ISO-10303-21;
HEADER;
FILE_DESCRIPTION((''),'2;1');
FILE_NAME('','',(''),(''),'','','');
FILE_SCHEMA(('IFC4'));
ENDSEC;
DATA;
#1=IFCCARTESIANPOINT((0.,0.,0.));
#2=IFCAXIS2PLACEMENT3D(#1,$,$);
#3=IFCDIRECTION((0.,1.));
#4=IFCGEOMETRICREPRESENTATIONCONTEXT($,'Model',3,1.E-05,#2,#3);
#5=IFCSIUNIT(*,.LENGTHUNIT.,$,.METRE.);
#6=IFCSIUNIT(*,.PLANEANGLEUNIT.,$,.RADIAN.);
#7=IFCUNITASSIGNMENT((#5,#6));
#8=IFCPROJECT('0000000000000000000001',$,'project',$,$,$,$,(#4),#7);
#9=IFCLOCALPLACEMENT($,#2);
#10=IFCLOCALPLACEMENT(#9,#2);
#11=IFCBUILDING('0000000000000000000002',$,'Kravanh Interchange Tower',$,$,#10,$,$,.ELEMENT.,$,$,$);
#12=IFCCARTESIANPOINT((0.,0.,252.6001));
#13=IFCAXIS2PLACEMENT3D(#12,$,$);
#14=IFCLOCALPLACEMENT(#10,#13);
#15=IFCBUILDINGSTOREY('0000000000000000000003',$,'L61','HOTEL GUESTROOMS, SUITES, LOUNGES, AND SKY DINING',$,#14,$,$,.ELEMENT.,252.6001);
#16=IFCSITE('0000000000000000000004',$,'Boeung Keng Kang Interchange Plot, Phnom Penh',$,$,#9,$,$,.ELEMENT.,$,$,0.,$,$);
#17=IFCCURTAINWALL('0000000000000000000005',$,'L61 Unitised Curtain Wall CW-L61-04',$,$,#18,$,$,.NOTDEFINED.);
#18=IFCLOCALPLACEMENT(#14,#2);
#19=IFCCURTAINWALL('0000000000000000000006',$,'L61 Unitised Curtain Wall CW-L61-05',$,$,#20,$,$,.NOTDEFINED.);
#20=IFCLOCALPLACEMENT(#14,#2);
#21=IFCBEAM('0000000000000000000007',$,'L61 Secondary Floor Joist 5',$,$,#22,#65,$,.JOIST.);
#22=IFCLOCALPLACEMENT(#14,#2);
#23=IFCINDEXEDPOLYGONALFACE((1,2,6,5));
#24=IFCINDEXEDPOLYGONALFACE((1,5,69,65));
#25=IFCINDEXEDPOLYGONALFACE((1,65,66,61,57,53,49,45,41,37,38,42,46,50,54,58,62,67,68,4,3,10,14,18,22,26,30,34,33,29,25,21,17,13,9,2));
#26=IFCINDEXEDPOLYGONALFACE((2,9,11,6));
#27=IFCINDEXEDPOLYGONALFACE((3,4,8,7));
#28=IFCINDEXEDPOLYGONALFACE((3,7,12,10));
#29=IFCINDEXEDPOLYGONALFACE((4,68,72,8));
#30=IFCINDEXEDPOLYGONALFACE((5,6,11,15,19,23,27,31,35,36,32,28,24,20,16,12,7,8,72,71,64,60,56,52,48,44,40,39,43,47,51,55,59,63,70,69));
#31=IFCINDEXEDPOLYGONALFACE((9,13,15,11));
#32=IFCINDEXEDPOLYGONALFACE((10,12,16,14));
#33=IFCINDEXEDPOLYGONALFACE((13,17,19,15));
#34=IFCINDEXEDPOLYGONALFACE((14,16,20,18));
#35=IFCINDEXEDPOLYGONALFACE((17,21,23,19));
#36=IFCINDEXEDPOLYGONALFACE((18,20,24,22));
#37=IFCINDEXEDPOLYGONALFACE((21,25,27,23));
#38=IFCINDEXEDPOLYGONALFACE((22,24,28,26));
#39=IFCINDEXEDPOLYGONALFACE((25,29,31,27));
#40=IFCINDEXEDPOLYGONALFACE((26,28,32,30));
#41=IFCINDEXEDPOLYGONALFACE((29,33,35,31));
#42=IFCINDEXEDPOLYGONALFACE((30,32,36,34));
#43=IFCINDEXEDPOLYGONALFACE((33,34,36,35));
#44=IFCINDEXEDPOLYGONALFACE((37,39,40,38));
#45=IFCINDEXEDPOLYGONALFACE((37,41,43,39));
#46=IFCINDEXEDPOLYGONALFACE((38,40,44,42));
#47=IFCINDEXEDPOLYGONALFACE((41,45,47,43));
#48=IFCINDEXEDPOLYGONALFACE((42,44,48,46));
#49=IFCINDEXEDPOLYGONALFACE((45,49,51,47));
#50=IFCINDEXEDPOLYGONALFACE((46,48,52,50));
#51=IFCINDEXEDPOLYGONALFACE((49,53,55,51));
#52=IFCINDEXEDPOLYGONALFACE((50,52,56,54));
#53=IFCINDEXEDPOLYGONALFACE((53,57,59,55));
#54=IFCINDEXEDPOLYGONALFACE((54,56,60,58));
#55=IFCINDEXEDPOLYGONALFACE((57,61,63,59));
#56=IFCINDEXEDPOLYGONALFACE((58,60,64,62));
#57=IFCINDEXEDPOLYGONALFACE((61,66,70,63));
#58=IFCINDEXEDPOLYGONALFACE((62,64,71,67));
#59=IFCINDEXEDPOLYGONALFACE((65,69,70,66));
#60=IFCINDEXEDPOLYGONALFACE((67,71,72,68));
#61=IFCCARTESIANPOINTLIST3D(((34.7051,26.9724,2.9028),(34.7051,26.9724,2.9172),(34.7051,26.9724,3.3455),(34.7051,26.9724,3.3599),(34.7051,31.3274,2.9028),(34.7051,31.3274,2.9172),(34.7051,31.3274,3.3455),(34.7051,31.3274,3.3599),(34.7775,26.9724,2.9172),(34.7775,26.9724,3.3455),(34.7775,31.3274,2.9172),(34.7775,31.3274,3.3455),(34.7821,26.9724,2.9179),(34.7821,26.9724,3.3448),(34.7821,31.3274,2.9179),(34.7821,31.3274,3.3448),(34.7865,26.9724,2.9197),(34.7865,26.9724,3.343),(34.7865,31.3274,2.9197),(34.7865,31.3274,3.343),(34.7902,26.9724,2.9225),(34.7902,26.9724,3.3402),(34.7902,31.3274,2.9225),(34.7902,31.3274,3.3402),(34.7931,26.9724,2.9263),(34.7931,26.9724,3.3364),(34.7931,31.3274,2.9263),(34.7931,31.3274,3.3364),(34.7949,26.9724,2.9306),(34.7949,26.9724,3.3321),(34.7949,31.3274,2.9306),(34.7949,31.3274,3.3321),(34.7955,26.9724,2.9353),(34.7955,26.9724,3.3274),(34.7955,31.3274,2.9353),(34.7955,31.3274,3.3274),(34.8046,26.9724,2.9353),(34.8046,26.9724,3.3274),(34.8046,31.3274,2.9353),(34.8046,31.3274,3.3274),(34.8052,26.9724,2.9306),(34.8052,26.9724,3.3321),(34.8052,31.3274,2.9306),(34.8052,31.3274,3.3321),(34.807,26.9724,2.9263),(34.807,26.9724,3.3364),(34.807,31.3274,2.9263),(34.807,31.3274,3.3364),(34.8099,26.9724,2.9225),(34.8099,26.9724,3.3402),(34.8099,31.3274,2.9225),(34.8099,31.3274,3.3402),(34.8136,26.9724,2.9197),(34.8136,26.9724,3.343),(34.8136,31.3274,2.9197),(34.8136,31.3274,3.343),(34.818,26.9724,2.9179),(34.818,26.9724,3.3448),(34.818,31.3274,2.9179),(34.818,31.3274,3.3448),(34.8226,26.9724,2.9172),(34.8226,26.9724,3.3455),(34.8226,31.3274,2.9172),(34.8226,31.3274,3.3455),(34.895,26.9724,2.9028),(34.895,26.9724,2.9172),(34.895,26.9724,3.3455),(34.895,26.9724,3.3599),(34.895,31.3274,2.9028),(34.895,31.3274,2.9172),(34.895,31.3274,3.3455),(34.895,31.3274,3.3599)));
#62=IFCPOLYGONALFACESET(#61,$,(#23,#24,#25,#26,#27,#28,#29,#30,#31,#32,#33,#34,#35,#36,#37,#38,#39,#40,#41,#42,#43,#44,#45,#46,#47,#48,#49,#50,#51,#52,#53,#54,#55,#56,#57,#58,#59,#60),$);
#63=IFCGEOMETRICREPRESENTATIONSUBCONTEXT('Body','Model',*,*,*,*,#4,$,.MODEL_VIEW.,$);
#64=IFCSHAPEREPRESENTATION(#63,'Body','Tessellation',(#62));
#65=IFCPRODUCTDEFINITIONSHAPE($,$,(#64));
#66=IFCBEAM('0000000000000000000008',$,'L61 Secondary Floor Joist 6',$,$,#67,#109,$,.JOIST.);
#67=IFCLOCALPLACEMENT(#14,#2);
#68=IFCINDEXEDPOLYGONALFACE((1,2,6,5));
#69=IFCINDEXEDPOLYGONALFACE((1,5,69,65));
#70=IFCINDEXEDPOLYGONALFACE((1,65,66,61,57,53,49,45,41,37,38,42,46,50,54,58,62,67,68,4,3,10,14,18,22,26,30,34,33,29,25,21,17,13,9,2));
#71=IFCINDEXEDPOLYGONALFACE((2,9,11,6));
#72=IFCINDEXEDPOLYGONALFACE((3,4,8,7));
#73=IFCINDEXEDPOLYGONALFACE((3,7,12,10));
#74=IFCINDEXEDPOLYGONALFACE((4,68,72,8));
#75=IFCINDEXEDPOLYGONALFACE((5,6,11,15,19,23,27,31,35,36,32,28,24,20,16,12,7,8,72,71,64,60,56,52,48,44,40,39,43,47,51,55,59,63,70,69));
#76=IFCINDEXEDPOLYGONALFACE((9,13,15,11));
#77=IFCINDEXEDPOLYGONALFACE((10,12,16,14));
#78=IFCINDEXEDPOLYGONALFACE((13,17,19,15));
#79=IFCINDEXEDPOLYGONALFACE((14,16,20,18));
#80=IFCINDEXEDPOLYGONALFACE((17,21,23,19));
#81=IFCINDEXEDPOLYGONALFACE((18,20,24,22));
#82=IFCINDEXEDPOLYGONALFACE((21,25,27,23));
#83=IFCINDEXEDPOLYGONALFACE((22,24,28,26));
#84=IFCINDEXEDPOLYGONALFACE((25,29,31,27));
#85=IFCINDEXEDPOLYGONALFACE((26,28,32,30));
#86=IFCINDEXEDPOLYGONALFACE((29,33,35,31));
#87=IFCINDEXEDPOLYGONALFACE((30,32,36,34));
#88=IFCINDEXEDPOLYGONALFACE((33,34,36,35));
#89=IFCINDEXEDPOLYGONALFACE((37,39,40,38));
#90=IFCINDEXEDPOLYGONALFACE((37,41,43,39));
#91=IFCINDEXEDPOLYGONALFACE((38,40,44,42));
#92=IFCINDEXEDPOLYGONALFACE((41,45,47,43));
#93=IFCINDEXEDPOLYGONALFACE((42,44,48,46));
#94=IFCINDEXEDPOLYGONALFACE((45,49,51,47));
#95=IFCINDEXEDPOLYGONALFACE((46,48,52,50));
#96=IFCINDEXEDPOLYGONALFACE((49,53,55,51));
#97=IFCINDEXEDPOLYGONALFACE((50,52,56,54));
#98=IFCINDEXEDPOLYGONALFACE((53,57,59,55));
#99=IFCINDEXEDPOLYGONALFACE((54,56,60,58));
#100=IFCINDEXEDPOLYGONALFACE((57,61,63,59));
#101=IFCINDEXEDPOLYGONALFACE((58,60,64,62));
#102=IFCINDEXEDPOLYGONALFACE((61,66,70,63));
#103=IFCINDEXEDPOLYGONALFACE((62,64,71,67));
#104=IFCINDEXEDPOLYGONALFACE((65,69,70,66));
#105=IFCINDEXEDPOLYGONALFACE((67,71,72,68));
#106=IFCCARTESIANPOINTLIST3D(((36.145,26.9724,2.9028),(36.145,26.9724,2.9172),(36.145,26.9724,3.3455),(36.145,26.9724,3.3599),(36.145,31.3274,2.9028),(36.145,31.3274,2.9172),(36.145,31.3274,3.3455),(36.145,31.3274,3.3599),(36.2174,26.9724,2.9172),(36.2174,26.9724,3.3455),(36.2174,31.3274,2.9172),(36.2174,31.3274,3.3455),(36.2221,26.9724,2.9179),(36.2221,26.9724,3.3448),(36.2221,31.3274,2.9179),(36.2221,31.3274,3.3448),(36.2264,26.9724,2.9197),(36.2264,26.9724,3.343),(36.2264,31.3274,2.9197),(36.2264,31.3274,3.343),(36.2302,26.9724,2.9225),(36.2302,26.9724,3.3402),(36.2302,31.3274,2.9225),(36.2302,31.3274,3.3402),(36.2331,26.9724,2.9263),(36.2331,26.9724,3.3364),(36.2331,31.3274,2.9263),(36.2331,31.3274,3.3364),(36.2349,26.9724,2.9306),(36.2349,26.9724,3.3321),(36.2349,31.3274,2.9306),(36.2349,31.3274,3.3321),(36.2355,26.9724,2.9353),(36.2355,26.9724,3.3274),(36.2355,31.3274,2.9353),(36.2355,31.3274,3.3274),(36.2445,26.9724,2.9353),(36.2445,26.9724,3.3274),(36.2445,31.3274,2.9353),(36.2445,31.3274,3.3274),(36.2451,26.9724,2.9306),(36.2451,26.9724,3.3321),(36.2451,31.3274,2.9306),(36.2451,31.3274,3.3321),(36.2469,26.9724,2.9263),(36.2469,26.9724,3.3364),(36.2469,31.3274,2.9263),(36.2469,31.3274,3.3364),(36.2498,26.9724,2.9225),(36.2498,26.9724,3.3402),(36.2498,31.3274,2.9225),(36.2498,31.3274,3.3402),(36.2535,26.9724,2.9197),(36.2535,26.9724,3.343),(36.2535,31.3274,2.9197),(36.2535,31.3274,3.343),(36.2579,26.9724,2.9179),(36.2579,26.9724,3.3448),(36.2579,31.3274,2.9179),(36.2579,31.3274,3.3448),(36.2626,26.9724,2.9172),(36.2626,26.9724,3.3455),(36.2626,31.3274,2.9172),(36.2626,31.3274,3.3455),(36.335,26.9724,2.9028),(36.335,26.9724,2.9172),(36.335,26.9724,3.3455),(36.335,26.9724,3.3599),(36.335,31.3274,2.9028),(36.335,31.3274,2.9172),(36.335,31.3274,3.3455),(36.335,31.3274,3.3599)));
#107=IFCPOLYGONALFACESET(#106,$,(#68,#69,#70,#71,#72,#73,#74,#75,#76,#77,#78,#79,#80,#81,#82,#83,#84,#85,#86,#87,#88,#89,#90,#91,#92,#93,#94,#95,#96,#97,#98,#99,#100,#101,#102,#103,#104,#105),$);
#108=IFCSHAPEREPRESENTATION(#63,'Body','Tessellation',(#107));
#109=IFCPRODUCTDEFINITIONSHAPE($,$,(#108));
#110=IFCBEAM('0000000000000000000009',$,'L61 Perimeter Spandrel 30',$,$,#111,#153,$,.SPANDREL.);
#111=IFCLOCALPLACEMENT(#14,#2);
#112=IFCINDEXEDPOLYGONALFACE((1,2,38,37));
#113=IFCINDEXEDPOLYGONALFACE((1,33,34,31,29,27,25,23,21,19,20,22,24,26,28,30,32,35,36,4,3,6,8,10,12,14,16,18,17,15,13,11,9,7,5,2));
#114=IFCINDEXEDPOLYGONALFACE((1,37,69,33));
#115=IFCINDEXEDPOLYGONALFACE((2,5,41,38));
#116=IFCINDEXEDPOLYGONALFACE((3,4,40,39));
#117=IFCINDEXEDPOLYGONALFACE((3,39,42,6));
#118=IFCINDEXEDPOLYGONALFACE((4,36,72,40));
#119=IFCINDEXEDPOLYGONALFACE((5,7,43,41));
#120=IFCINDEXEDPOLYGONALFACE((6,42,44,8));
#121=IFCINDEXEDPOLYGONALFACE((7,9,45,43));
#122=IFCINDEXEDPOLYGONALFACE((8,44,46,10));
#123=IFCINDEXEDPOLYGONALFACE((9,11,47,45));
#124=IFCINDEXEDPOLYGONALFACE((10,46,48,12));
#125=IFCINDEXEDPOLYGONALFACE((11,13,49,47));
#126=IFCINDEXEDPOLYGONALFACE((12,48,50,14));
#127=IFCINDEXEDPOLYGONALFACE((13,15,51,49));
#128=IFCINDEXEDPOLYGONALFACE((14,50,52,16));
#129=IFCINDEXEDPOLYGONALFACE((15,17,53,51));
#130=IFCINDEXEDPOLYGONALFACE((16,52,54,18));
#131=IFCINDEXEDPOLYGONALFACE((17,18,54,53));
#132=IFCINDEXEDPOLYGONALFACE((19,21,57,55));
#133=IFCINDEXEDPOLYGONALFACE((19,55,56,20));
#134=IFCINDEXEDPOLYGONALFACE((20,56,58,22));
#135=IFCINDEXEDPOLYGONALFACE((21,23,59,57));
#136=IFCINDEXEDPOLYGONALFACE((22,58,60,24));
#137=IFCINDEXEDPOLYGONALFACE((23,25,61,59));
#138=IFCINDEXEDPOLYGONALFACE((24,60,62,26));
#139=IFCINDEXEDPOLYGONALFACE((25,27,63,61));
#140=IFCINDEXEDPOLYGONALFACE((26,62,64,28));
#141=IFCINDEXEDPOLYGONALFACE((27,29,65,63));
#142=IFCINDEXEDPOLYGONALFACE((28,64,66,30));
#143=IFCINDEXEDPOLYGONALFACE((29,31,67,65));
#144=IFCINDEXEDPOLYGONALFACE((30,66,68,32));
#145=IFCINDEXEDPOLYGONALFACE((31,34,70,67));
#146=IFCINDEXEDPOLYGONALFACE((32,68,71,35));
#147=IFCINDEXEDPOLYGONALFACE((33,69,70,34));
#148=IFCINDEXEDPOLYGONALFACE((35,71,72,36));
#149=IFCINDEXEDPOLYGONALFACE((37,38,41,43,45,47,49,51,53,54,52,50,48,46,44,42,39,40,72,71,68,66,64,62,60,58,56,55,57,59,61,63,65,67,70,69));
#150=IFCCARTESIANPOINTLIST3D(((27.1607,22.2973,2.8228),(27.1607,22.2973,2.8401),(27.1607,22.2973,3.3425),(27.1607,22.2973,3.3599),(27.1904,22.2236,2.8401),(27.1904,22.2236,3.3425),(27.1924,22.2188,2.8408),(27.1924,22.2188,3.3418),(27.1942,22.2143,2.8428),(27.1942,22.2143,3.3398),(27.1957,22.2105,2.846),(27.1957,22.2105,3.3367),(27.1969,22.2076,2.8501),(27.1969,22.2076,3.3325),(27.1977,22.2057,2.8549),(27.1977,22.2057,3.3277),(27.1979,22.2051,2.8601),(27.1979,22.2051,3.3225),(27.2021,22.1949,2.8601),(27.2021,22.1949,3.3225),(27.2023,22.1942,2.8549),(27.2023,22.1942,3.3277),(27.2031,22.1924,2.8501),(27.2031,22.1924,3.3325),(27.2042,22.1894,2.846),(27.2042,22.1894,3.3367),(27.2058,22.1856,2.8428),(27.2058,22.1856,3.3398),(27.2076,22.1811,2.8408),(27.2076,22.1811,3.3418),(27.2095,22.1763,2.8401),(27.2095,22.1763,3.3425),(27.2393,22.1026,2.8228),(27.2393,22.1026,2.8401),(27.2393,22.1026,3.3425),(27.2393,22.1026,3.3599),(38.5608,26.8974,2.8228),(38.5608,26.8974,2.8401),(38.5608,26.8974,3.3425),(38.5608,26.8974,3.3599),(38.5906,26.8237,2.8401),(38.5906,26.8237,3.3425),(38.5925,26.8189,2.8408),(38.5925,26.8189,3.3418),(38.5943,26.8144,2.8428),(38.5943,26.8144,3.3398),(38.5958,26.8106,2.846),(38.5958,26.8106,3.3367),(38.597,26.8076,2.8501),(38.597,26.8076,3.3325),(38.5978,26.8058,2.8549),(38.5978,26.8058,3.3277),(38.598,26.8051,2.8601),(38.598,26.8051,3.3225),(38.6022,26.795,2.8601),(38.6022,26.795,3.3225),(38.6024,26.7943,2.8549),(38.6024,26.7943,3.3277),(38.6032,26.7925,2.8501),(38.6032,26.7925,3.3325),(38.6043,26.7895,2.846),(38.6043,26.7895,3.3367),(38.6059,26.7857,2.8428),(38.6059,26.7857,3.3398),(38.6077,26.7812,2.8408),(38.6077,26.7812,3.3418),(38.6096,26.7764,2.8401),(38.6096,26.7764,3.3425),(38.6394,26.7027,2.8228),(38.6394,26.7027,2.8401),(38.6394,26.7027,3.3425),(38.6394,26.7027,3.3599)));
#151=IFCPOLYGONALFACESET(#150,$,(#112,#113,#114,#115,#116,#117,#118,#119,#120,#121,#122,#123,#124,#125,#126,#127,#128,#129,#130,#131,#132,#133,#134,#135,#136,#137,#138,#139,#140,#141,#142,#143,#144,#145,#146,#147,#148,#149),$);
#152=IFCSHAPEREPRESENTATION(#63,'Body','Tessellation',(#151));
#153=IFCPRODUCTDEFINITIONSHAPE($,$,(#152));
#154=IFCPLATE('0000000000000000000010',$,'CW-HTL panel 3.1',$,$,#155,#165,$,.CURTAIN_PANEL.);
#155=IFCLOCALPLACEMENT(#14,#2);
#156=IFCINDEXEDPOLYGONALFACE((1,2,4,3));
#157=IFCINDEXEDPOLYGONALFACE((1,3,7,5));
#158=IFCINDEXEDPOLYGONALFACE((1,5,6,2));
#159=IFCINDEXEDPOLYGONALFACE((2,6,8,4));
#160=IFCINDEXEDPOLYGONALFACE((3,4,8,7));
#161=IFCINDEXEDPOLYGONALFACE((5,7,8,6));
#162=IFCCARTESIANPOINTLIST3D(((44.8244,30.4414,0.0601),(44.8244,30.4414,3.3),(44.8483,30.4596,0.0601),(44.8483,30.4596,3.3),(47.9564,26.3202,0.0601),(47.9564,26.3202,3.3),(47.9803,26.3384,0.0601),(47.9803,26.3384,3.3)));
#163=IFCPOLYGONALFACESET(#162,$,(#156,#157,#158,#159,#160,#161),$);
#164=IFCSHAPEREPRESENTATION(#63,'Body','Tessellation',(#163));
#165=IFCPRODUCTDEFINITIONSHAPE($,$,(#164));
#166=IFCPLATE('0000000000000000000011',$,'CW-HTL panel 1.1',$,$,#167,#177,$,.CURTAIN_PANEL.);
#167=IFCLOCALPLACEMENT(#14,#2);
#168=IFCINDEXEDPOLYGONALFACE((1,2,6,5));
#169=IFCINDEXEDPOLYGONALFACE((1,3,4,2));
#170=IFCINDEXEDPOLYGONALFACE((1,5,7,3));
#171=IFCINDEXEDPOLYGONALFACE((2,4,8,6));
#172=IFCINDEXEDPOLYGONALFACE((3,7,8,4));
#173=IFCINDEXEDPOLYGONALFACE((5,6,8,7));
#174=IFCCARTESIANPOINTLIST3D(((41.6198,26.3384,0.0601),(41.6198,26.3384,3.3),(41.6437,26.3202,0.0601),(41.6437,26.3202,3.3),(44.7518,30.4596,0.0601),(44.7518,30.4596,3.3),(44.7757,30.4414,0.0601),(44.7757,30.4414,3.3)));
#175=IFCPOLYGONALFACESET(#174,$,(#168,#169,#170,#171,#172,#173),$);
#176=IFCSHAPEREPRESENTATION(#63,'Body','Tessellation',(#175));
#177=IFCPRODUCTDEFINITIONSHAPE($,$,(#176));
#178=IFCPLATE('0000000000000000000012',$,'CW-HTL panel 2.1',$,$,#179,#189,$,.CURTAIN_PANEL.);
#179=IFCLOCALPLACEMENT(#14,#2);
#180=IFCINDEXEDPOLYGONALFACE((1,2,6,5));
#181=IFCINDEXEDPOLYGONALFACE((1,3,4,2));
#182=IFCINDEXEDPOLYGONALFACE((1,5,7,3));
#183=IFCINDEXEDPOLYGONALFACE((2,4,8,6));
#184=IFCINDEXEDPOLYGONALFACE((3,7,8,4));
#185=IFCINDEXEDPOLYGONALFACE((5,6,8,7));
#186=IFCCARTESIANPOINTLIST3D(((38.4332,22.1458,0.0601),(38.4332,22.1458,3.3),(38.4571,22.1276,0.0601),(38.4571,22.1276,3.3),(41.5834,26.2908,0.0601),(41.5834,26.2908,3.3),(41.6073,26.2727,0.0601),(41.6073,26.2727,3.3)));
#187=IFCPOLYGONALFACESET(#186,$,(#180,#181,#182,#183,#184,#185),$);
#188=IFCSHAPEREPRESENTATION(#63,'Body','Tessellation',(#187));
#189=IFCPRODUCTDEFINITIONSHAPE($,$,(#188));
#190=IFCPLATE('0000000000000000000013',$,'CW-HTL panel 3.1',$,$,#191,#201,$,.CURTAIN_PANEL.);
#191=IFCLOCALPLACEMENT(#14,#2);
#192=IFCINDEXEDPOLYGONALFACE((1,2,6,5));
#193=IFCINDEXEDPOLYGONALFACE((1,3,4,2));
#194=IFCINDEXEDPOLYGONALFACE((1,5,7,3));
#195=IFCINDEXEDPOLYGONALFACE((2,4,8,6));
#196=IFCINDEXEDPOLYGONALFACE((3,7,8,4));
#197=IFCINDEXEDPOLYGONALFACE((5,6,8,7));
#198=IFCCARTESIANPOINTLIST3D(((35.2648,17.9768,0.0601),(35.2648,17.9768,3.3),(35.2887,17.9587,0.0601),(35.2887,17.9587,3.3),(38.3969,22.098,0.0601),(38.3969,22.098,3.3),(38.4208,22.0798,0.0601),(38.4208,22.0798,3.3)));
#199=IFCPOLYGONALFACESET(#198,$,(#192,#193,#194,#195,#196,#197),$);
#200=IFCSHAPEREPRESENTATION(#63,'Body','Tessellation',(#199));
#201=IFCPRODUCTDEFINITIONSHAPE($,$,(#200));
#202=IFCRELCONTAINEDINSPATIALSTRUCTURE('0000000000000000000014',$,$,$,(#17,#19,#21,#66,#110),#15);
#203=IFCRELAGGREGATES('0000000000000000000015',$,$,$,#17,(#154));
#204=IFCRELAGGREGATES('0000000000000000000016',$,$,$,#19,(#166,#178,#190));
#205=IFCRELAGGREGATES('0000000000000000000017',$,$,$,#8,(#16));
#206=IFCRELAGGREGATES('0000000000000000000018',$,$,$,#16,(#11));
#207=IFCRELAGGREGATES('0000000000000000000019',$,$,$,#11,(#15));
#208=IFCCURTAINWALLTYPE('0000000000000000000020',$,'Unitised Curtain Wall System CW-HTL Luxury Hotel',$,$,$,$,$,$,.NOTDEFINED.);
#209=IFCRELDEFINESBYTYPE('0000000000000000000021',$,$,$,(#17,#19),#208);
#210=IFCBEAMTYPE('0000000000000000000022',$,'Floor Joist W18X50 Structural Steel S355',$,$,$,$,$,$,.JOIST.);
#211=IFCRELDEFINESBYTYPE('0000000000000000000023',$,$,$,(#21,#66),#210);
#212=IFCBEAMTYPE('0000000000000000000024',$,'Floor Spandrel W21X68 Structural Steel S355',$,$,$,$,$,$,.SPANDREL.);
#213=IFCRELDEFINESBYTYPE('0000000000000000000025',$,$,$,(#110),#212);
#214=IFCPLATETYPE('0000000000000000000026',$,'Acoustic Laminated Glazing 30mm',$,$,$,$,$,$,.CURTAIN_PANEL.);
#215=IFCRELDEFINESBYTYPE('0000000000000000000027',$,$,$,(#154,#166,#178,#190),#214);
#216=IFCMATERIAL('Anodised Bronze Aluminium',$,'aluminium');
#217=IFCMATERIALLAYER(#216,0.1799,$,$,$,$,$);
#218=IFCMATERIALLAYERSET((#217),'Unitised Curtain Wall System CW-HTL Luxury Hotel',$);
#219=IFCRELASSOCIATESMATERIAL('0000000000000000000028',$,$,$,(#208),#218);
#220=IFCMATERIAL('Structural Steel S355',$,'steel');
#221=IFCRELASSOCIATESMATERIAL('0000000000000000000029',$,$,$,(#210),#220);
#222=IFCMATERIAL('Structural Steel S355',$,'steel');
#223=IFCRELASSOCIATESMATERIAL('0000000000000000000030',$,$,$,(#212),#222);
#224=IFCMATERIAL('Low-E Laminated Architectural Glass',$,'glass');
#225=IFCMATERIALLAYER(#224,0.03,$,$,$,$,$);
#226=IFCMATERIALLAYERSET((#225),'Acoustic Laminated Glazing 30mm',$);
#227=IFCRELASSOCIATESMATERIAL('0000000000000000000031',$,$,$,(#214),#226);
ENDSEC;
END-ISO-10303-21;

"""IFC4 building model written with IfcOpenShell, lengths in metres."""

from ifc_helpers import new_model, si_unit, direction, frame, origin, origin_2d, place, context, subcontext, project, spatial, rectangle, i_section, extrude, material, layer, layer_set, material_profile, profile_set, type_object, element, aggregate, save


model = new_model("IFC4")

# Units and contexts
model_context = context("Model", 3, precision=1e-05, world=origin(), true_north=direction((0.0, 1.0)))
body_context = subcontext(model_context, "Body", "Model", "MODEL_VIEW")
ifc_project = project(units=[si_unit("LENGTHUNIT", "METRE"), si_unit("PLANEANGLEUNIT", "RADIAN")], contexts=[model_context])

# Site, building, storey
site_placement = place(None, origin())
site = spatial("IfcSite", under=ifc_project, at=site_placement, Name="Boeung Keng Kang Interchange Plot, Phnom Penh", CompositionType="ELEMENT", RefElevation=0.0)
building_placement = place(site_placement, origin())
building = spatial("IfcBuilding", under=site, at=building_placement, Name="Kravanh Interchange Tower", CompositionType="ELEMENT")
storey_placement = place(building_placement, frame((0.0, 0.0, 252.6001)))
storey = spatial("IfcBuildingStorey", under=building, at=storey_placement, Name="L61", Description="HOTEL GUESTROOMS, SUITES, LOUNGES, AND SKY DINING", CompositionType="ELEMENT", Elevation=252.6001)

# Curtain wall
ifc_material_1 = material(Name="Anodised Bronze Aluminium", Category="aluminium")
ifc_layer_1 = layer(ifc_material_1, 0.1799)
ifc_layer_set_1 = layer_set([ifc_layer_1], Name="Unitised Curtain Wall System CW-HTL Luxury Hotel")
curtain_wall_type = type_object("IfcCurtainWallType", Name="Unitised Curtain Wall System CW-HTL Luxury Hotel", PredefinedType="NOTDEFINED", material=ifc_layer_set_1)
curtain_wall_1_placement = place(storey_placement, origin())
curtain_wall_1 = element("IfcCurtainWall", 1, at=curtain_wall_1_placement, inside=storey, type_object=curtain_wall_type, Name="L61 Unitised Curtain Wall CW-L61-04", PredefinedType="NOTDEFINED")

# Curtain wall
curtain_wall_2_placement = place(storey_placement, origin())
curtain_wall_2 = element("IfcCurtainWall", 2, at=curtain_wall_2_placement, inside=storey, type_object=curtain_wall_type, Name="L61 Unitised Curtain Wall CW-L61-05", PredefinedType="NOTDEFINED")

# Beams
ifc_material_2 = material(Name="Structural Steel S355", Category="steel")
ifc_material_profile_1 = material_profile(ifc_material_2, i_section(OverallWidth=0.1899, OverallDepth=0.457, WebThickness=0.009, FlangeThickness=0.0144, FilletRadius=0.0181, at=origin_2d()), Name="W18X50")
ifc_profile_set_1 = profile_set([ifc_material_profile_1], Name="Structural Steel S355")
beam_type_1 = type_object("IfcBeamType", Name="Floor Joist W18X50 Structural Steel S355", PredefinedType="JOIST", material=ifc_profile_set_1)
for number, where, z_axis, x_axis, name in (
    (3, (34.8, 26.9724, 3.1313), (0.0, 1.0, 0.0), (-1.0, 0.0, 0.0), "L61 Secondary Floor Joist 5"),
    (4, (36.24, 26.9724, 3.1313), (0.0, 1.0, 0.0), (-1.0, 0.0, 0.0), "L61 Secondary Floor Joist 6"),
):
    element("IfcBeam", number, at=place(storey_placement, frame(where, z_axis=z_axis, x_axis=x_axis)), inside=storey, type_object=beam_type_1, Name=name, PredefinedType="JOIST", context=body_context, shape_type="SweptSolid", body=[
        extrude(i_section(OverallWidth=0.1899, OverallDepth=0.457, WebThickness=0.009, FlangeThickness=0.0144, FilletRadius=0.0181, at=origin_2d()), origin(), (0.0, 0.0, 1.0), 4.355),
    ])
ifc_material_3 = material(Name="Structural Steel S355", Category="steel")
ifc_material_profile_2 = material_profile(ifc_material_3, i_section(OverallWidth=0.21, OverallDepth=0.5371, WebThickness=0.011, FlangeThickness=0.0173, FilletRadius=0.02, at=origin_2d()), Name="W21X68")
ifc_profile_set_2 = profile_set([ifc_material_profile_2], Name="Structural Steel S355")
beam_type_2 = type_object("IfcBeamType", Name="Floor Spandrel W21X68 Structural Steel S355", PredefinedType="SPANDREL", material=ifc_profile_set_2)
beam_1_placement = place(storey_placement, frame((38.6001, 26.8, 3.0913), z_axis=(-0.927349, -0.374197, 0.0), x_axis=(0.374197, -0.927349, 0.0)))
element("IfcBeam", 5, at=beam_1_placement, inside=storey, type_object=beam_type_2, Name="L61 Perimeter Spandrel 30", PredefinedType="SPANDREL", context=body_context, shape_type="SweptSolid", body=[
    extrude(i_section(OverallWidth=0.21, OverallDepth=0.5371, WebThickness=0.011, FlangeThickness=0.0173, FilletRadius=0.02, at=origin_2d()), origin(), (0.0, 0.0, 1.0), 12.2932),
])

# Plates
ifc_material_4 = material(Name="Low-E Laminated Architectural Glass", Category="glass")
ifc_layer_2 = layer(ifc_material_4, 0.03)
ifc_layer_set_2 = layer_set([ifc_layer_2], Name="Acoustic Laminated Glazing 30mm")
plate_type = type_object("IfcPlateType", Name="Acoustic Laminated Glazing 30mm", PredefinedType="CURTAIN_PANEL", material=ifc_layer_set_2)
plate_1_placement = place(storey_placement, frame((46.4023, 28.3899, 0.0601), z_axis=(0.0, 0.0, 1.0), x_axis=(-0.605083, 0.796162, 0.0)))
plate_1 = element("IfcPlate", 6, at=plate_1_placement, type_object=plate_type, Name="CW-HTL panel 3.1", PredefinedType="CURTAIN_PANEL", context=body_context, shape_type="SweptSolid", body=[
    extrude(rectangle(XDim=5.1763, YDim=0.03, at=origin_2d()), origin(), (0.0, 0.0, 1.0), 3.24),
])
aggregate(curtain_wall_1, [plate_1])
plate_2_placement = place(storey_placement, frame((43.1978, 28.3899, 0.0601), z_axis=(0.0, 0.0, 1.0), x_axis=(-0.605083, -0.796162, 0.0)))
plate_2 = element("IfcPlate", 7, at=plate_2_placement, type_object=plate_type, Name="CW-HTL panel 1.1", PredefinedType="CURTAIN_PANEL", context=body_context, shape_type="SweptSolid", body=[
    extrude(rectangle(XDim=5.1763, YDim=0.03, at=origin_2d()), origin(), (0.0, 0.0, 1.0), 3.24),
])
plate_3_placement = place(storey_placement, frame((40.0203, 24.2092, 0.0601), z_axis=(0.0, 0.0, 1.0), x_axis=(-0.605083, -0.796162, 0.0)))
plate_3 = element("IfcPlate", 8, at=plate_3_placement, type_object=plate_type, Name="CW-HTL panel 2.1", PredefinedType="CURTAIN_PANEL", context=body_context, shape_type="SweptSolid", body=[
    extrude(rectangle(XDim=5.2063, YDim=0.03, at=origin_2d()), origin(), (0.0, 0.0, 1.0), 3.24),
])
plate_4_placement = place(storey_placement, frame((36.8428, 20.0283, 0.0601), z_axis=(0.0, 0.0, 1.0), x_axis=(-0.605083, -0.796162, 0.0)))
plate_4 = element("IfcPlate", 9, at=plate_4_placement, type_object=plate_type, Name="CW-HTL panel 3.1", PredefinedType="CURTAIN_PANEL", context=body_context, shape_type="SweptSolid", body=[
    extrude(rectangle(XDim=5.1763, YDim=0.03, at=origin_2d()), origin(), (0.0, 0.0, 1.0), 3.24),
])
aggregate(curtain_wall_2, [plate_2, plate_3, plate_4])

save(model, "model.ifc")
